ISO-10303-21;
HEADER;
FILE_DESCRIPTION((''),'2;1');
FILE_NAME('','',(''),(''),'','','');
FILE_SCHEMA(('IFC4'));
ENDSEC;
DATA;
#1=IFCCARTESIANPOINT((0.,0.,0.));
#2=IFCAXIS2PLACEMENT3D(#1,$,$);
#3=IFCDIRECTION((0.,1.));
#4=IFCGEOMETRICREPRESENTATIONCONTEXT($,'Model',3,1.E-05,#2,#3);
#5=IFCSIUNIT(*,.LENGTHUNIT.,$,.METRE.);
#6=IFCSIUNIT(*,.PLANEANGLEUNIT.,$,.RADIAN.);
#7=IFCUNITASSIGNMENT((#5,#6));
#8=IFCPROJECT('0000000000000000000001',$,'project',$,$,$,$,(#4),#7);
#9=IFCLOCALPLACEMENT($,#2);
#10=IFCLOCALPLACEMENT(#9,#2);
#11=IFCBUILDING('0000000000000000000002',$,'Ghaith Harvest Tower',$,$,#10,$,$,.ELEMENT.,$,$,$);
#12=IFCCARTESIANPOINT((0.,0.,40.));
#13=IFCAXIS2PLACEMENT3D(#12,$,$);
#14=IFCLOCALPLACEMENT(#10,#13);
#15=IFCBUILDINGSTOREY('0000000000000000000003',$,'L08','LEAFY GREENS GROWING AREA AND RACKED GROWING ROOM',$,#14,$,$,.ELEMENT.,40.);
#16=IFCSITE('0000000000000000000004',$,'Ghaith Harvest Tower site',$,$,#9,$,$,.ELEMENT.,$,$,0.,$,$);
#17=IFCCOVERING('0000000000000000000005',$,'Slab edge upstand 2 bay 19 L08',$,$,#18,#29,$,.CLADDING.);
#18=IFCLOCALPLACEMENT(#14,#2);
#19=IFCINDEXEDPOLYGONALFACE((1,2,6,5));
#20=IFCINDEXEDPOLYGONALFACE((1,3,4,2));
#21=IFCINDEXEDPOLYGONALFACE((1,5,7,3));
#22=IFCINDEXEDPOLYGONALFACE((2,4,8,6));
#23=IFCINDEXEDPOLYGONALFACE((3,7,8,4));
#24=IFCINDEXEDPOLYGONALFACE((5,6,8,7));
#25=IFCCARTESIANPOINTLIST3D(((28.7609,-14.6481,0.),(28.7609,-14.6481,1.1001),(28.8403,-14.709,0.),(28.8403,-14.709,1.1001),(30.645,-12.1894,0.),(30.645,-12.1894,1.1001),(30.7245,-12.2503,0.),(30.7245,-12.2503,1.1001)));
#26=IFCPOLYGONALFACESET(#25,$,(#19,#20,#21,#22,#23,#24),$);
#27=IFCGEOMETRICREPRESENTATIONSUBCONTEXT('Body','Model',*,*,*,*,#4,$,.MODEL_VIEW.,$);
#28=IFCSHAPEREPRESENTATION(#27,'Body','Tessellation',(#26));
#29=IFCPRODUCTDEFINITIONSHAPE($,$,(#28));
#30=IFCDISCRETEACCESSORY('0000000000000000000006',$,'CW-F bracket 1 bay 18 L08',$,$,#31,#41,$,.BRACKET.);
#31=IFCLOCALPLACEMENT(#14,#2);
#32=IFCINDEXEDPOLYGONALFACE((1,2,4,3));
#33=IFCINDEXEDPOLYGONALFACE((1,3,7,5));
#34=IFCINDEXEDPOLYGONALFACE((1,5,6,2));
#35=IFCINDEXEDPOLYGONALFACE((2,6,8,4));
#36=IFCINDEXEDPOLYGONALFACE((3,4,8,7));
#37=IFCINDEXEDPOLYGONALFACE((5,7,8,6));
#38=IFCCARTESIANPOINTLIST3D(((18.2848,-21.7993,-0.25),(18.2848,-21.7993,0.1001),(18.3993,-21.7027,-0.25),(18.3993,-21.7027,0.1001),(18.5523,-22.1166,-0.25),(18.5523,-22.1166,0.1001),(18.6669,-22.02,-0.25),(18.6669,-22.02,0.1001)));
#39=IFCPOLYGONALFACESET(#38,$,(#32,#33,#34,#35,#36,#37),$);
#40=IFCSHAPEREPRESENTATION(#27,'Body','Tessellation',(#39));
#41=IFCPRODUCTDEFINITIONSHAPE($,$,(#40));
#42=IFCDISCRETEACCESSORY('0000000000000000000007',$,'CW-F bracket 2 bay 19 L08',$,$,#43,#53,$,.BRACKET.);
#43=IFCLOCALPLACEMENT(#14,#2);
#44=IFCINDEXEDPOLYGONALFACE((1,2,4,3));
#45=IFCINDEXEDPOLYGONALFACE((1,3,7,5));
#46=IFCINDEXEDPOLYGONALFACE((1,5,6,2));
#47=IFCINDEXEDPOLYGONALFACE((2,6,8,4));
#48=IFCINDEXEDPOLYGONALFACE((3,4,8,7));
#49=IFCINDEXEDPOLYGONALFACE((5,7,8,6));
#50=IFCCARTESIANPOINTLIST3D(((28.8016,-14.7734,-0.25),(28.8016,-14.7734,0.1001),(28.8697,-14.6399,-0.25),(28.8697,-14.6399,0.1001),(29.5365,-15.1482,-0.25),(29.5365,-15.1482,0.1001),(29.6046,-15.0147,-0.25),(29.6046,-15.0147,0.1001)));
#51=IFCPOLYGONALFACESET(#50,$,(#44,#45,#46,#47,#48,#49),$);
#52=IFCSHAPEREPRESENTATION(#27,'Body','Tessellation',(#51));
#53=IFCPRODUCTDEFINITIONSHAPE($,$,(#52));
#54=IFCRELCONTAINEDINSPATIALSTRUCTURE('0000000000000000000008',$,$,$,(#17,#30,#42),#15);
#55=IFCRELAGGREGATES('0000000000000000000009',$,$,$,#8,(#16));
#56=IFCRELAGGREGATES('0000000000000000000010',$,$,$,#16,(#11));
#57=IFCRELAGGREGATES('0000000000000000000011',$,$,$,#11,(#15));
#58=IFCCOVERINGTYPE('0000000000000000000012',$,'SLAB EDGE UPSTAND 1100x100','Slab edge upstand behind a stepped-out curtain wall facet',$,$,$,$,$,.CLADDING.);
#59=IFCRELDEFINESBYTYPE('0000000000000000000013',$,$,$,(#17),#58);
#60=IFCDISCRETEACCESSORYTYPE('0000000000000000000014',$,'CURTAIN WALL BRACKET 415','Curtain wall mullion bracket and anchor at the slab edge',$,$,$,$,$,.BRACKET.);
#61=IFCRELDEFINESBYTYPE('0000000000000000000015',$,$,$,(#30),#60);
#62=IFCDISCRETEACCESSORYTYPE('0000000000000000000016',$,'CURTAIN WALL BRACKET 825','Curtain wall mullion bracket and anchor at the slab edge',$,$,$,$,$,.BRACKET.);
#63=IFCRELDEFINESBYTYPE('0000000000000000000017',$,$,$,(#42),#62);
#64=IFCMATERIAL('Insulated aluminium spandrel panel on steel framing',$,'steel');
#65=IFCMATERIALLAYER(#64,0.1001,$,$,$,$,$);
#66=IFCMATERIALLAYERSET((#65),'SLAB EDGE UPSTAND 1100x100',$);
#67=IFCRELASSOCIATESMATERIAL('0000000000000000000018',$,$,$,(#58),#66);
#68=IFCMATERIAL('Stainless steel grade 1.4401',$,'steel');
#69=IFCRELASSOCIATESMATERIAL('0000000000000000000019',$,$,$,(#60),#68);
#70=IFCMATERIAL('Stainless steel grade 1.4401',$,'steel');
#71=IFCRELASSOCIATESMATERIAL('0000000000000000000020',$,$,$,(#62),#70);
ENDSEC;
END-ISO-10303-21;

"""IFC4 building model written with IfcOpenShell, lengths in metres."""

from ifc_helpers import new_model, si_unit, direction, frame, origin, origin_2d, place, context, subcontext, project, spatial, rectangle, extrude, material, layer, layer_set, type_object, element, save


model = new_model("IFC4")

# Units and contexts
model_context = context("Model", 3, precision=1e-05, world=origin(), true_north=direction((0.0, 1.0)))
body_context = subcontext(model_context, "Body", "Model", "MODEL_VIEW")
ifc_project = project(units=[si_unit("LENGTHUNIT", "METRE"), si_unit("PLANEANGLEUNIT", "RADIAN")], contexts=[model_context])

# Site, building, storey
site_placement = place(None, origin())
site = spatial("IfcSite", under=ifc_project, at=site_placement, Name="Ghaith Harvest Tower site", CompositionType="ELEMENT", RefElevation=0.0)
building_placement = place(site_placement, origin())
building = spatial("IfcBuilding", under=site, at=building_placement, Name="Ghaith Harvest Tower", CompositionType="ELEMENT")
storey_placement = place(building_placement, frame((0.0, 0.0, 40.0)))
storey = spatial("IfcBuildingStorey", under=building, at=storey_placement, Name="L08", Description="LEAFY GREENS GROWING AREA AND RACKED GROWING ROOM", CompositionType="ELEMENT", Elevation=40.0)

# Covering
ifc_material_1 = material(Name="Insulated aluminium spandrel panel on steel framing", Category="steel")
ifc_layer_1 = layer(ifc_material_1, 0.1001)
ifc_layer_set_1 = layer_set([ifc_layer_1], Name="SLAB EDGE UPSTAND 1100x100")
covering_type = type_object("IfcCoveringType", Name="SLAB EDGE UPSTAND 1100x100", Description="Slab edge upstand behind a stepped-out curtain wall facet", PredefinedType="CLADDING", material=ifc_layer_set_1)
covering_1_placement = place(storey_placement, frame((29.7427, -13.4492, 0.0), z_axis=(0.0, 0.0, 1.0), x_axis=(0.608255, 0.793742, 0.0)))
element("IfcCovering", 1, at=covering_1_placement, inside=storey, type_object=covering_type, Name="Slab edge upstand 2 bay 19 L08", PredefinedType="CLADDING", context=body_context, shape_type="SweptSolid", body=[
    extrude(rectangle(XDim=3.0977, YDim=0.1001, at=origin_2d()), origin(), (0.0, 0.0, 1.0), 1.1001),
])

# Discrete accessories
ifc_material_2 = material(Name="Stainless steel grade 1.4401", Category="steel")
discrete_accessory_type_1 = type_object("IfcDiscreteAccessoryType", Name="CURTAIN WALL BRACKET 415", Description="Curtain wall mullion bracket and anchor at the slab edge", PredefinedType="BRACKET", material=ifc_material_2)
discrete_accessory_1_placement = place(storey_placement, frame((18.4758, -21.9097, -0.25), z_axis=(0.0, 0.0, 1.0), x_axis=(0.644657, -0.764472, 0.0)))
element("IfcDiscreteAccessory", 2, at=discrete_accessory_1_placement, inside=storey, type_object=discrete_accessory_type_1, Name="CW-F bracket 1 bay 18 L08", PredefinedType="BRACKET", context=body_context, shape_type="SweptSolid", body=[
    extrude(rectangle(XDim=0.415, YDim=0.1499, at=origin_2d()), origin(), (0.0, 0.0, 1.0), 0.3501),
])
ifc_material_3 = material(Name="Stainless steel grade 1.4401", Category="steel")
discrete_accessory_type_2 = type_object("IfcDiscreteAccessoryType", Name="CURTAIN WALL BRACKET 825", Description="Curtain wall mullion bracket and anchor at the slab edge", PredefinedType="BRACKET", material=ifc_material_3)
discrete_accessory_2_placement = place(storey_placement, frame((29.2031, -14.894, -0.25), z_axis=(0.0, 0.0, 1.0), x_axis=(0.890831, -0.454335, 0.0)))
element("IfcDiscreteAccessory", 3, at=discrete_accessory_2_placement, inside=storey, type_object=discrete_accessory_type_2, Name="CW-F bracket 2 bay 19 L08", PredefinedType="BRACKET", context=body_context, shape_type="SweptSolid", body=[
    extrude(rectangle(XDim=0.825, YDim=0.1499, at=origin_2d()), origin(), (0.0, 0.0, 1.0), 0.3501),
])

save(model, "model.ifc")
